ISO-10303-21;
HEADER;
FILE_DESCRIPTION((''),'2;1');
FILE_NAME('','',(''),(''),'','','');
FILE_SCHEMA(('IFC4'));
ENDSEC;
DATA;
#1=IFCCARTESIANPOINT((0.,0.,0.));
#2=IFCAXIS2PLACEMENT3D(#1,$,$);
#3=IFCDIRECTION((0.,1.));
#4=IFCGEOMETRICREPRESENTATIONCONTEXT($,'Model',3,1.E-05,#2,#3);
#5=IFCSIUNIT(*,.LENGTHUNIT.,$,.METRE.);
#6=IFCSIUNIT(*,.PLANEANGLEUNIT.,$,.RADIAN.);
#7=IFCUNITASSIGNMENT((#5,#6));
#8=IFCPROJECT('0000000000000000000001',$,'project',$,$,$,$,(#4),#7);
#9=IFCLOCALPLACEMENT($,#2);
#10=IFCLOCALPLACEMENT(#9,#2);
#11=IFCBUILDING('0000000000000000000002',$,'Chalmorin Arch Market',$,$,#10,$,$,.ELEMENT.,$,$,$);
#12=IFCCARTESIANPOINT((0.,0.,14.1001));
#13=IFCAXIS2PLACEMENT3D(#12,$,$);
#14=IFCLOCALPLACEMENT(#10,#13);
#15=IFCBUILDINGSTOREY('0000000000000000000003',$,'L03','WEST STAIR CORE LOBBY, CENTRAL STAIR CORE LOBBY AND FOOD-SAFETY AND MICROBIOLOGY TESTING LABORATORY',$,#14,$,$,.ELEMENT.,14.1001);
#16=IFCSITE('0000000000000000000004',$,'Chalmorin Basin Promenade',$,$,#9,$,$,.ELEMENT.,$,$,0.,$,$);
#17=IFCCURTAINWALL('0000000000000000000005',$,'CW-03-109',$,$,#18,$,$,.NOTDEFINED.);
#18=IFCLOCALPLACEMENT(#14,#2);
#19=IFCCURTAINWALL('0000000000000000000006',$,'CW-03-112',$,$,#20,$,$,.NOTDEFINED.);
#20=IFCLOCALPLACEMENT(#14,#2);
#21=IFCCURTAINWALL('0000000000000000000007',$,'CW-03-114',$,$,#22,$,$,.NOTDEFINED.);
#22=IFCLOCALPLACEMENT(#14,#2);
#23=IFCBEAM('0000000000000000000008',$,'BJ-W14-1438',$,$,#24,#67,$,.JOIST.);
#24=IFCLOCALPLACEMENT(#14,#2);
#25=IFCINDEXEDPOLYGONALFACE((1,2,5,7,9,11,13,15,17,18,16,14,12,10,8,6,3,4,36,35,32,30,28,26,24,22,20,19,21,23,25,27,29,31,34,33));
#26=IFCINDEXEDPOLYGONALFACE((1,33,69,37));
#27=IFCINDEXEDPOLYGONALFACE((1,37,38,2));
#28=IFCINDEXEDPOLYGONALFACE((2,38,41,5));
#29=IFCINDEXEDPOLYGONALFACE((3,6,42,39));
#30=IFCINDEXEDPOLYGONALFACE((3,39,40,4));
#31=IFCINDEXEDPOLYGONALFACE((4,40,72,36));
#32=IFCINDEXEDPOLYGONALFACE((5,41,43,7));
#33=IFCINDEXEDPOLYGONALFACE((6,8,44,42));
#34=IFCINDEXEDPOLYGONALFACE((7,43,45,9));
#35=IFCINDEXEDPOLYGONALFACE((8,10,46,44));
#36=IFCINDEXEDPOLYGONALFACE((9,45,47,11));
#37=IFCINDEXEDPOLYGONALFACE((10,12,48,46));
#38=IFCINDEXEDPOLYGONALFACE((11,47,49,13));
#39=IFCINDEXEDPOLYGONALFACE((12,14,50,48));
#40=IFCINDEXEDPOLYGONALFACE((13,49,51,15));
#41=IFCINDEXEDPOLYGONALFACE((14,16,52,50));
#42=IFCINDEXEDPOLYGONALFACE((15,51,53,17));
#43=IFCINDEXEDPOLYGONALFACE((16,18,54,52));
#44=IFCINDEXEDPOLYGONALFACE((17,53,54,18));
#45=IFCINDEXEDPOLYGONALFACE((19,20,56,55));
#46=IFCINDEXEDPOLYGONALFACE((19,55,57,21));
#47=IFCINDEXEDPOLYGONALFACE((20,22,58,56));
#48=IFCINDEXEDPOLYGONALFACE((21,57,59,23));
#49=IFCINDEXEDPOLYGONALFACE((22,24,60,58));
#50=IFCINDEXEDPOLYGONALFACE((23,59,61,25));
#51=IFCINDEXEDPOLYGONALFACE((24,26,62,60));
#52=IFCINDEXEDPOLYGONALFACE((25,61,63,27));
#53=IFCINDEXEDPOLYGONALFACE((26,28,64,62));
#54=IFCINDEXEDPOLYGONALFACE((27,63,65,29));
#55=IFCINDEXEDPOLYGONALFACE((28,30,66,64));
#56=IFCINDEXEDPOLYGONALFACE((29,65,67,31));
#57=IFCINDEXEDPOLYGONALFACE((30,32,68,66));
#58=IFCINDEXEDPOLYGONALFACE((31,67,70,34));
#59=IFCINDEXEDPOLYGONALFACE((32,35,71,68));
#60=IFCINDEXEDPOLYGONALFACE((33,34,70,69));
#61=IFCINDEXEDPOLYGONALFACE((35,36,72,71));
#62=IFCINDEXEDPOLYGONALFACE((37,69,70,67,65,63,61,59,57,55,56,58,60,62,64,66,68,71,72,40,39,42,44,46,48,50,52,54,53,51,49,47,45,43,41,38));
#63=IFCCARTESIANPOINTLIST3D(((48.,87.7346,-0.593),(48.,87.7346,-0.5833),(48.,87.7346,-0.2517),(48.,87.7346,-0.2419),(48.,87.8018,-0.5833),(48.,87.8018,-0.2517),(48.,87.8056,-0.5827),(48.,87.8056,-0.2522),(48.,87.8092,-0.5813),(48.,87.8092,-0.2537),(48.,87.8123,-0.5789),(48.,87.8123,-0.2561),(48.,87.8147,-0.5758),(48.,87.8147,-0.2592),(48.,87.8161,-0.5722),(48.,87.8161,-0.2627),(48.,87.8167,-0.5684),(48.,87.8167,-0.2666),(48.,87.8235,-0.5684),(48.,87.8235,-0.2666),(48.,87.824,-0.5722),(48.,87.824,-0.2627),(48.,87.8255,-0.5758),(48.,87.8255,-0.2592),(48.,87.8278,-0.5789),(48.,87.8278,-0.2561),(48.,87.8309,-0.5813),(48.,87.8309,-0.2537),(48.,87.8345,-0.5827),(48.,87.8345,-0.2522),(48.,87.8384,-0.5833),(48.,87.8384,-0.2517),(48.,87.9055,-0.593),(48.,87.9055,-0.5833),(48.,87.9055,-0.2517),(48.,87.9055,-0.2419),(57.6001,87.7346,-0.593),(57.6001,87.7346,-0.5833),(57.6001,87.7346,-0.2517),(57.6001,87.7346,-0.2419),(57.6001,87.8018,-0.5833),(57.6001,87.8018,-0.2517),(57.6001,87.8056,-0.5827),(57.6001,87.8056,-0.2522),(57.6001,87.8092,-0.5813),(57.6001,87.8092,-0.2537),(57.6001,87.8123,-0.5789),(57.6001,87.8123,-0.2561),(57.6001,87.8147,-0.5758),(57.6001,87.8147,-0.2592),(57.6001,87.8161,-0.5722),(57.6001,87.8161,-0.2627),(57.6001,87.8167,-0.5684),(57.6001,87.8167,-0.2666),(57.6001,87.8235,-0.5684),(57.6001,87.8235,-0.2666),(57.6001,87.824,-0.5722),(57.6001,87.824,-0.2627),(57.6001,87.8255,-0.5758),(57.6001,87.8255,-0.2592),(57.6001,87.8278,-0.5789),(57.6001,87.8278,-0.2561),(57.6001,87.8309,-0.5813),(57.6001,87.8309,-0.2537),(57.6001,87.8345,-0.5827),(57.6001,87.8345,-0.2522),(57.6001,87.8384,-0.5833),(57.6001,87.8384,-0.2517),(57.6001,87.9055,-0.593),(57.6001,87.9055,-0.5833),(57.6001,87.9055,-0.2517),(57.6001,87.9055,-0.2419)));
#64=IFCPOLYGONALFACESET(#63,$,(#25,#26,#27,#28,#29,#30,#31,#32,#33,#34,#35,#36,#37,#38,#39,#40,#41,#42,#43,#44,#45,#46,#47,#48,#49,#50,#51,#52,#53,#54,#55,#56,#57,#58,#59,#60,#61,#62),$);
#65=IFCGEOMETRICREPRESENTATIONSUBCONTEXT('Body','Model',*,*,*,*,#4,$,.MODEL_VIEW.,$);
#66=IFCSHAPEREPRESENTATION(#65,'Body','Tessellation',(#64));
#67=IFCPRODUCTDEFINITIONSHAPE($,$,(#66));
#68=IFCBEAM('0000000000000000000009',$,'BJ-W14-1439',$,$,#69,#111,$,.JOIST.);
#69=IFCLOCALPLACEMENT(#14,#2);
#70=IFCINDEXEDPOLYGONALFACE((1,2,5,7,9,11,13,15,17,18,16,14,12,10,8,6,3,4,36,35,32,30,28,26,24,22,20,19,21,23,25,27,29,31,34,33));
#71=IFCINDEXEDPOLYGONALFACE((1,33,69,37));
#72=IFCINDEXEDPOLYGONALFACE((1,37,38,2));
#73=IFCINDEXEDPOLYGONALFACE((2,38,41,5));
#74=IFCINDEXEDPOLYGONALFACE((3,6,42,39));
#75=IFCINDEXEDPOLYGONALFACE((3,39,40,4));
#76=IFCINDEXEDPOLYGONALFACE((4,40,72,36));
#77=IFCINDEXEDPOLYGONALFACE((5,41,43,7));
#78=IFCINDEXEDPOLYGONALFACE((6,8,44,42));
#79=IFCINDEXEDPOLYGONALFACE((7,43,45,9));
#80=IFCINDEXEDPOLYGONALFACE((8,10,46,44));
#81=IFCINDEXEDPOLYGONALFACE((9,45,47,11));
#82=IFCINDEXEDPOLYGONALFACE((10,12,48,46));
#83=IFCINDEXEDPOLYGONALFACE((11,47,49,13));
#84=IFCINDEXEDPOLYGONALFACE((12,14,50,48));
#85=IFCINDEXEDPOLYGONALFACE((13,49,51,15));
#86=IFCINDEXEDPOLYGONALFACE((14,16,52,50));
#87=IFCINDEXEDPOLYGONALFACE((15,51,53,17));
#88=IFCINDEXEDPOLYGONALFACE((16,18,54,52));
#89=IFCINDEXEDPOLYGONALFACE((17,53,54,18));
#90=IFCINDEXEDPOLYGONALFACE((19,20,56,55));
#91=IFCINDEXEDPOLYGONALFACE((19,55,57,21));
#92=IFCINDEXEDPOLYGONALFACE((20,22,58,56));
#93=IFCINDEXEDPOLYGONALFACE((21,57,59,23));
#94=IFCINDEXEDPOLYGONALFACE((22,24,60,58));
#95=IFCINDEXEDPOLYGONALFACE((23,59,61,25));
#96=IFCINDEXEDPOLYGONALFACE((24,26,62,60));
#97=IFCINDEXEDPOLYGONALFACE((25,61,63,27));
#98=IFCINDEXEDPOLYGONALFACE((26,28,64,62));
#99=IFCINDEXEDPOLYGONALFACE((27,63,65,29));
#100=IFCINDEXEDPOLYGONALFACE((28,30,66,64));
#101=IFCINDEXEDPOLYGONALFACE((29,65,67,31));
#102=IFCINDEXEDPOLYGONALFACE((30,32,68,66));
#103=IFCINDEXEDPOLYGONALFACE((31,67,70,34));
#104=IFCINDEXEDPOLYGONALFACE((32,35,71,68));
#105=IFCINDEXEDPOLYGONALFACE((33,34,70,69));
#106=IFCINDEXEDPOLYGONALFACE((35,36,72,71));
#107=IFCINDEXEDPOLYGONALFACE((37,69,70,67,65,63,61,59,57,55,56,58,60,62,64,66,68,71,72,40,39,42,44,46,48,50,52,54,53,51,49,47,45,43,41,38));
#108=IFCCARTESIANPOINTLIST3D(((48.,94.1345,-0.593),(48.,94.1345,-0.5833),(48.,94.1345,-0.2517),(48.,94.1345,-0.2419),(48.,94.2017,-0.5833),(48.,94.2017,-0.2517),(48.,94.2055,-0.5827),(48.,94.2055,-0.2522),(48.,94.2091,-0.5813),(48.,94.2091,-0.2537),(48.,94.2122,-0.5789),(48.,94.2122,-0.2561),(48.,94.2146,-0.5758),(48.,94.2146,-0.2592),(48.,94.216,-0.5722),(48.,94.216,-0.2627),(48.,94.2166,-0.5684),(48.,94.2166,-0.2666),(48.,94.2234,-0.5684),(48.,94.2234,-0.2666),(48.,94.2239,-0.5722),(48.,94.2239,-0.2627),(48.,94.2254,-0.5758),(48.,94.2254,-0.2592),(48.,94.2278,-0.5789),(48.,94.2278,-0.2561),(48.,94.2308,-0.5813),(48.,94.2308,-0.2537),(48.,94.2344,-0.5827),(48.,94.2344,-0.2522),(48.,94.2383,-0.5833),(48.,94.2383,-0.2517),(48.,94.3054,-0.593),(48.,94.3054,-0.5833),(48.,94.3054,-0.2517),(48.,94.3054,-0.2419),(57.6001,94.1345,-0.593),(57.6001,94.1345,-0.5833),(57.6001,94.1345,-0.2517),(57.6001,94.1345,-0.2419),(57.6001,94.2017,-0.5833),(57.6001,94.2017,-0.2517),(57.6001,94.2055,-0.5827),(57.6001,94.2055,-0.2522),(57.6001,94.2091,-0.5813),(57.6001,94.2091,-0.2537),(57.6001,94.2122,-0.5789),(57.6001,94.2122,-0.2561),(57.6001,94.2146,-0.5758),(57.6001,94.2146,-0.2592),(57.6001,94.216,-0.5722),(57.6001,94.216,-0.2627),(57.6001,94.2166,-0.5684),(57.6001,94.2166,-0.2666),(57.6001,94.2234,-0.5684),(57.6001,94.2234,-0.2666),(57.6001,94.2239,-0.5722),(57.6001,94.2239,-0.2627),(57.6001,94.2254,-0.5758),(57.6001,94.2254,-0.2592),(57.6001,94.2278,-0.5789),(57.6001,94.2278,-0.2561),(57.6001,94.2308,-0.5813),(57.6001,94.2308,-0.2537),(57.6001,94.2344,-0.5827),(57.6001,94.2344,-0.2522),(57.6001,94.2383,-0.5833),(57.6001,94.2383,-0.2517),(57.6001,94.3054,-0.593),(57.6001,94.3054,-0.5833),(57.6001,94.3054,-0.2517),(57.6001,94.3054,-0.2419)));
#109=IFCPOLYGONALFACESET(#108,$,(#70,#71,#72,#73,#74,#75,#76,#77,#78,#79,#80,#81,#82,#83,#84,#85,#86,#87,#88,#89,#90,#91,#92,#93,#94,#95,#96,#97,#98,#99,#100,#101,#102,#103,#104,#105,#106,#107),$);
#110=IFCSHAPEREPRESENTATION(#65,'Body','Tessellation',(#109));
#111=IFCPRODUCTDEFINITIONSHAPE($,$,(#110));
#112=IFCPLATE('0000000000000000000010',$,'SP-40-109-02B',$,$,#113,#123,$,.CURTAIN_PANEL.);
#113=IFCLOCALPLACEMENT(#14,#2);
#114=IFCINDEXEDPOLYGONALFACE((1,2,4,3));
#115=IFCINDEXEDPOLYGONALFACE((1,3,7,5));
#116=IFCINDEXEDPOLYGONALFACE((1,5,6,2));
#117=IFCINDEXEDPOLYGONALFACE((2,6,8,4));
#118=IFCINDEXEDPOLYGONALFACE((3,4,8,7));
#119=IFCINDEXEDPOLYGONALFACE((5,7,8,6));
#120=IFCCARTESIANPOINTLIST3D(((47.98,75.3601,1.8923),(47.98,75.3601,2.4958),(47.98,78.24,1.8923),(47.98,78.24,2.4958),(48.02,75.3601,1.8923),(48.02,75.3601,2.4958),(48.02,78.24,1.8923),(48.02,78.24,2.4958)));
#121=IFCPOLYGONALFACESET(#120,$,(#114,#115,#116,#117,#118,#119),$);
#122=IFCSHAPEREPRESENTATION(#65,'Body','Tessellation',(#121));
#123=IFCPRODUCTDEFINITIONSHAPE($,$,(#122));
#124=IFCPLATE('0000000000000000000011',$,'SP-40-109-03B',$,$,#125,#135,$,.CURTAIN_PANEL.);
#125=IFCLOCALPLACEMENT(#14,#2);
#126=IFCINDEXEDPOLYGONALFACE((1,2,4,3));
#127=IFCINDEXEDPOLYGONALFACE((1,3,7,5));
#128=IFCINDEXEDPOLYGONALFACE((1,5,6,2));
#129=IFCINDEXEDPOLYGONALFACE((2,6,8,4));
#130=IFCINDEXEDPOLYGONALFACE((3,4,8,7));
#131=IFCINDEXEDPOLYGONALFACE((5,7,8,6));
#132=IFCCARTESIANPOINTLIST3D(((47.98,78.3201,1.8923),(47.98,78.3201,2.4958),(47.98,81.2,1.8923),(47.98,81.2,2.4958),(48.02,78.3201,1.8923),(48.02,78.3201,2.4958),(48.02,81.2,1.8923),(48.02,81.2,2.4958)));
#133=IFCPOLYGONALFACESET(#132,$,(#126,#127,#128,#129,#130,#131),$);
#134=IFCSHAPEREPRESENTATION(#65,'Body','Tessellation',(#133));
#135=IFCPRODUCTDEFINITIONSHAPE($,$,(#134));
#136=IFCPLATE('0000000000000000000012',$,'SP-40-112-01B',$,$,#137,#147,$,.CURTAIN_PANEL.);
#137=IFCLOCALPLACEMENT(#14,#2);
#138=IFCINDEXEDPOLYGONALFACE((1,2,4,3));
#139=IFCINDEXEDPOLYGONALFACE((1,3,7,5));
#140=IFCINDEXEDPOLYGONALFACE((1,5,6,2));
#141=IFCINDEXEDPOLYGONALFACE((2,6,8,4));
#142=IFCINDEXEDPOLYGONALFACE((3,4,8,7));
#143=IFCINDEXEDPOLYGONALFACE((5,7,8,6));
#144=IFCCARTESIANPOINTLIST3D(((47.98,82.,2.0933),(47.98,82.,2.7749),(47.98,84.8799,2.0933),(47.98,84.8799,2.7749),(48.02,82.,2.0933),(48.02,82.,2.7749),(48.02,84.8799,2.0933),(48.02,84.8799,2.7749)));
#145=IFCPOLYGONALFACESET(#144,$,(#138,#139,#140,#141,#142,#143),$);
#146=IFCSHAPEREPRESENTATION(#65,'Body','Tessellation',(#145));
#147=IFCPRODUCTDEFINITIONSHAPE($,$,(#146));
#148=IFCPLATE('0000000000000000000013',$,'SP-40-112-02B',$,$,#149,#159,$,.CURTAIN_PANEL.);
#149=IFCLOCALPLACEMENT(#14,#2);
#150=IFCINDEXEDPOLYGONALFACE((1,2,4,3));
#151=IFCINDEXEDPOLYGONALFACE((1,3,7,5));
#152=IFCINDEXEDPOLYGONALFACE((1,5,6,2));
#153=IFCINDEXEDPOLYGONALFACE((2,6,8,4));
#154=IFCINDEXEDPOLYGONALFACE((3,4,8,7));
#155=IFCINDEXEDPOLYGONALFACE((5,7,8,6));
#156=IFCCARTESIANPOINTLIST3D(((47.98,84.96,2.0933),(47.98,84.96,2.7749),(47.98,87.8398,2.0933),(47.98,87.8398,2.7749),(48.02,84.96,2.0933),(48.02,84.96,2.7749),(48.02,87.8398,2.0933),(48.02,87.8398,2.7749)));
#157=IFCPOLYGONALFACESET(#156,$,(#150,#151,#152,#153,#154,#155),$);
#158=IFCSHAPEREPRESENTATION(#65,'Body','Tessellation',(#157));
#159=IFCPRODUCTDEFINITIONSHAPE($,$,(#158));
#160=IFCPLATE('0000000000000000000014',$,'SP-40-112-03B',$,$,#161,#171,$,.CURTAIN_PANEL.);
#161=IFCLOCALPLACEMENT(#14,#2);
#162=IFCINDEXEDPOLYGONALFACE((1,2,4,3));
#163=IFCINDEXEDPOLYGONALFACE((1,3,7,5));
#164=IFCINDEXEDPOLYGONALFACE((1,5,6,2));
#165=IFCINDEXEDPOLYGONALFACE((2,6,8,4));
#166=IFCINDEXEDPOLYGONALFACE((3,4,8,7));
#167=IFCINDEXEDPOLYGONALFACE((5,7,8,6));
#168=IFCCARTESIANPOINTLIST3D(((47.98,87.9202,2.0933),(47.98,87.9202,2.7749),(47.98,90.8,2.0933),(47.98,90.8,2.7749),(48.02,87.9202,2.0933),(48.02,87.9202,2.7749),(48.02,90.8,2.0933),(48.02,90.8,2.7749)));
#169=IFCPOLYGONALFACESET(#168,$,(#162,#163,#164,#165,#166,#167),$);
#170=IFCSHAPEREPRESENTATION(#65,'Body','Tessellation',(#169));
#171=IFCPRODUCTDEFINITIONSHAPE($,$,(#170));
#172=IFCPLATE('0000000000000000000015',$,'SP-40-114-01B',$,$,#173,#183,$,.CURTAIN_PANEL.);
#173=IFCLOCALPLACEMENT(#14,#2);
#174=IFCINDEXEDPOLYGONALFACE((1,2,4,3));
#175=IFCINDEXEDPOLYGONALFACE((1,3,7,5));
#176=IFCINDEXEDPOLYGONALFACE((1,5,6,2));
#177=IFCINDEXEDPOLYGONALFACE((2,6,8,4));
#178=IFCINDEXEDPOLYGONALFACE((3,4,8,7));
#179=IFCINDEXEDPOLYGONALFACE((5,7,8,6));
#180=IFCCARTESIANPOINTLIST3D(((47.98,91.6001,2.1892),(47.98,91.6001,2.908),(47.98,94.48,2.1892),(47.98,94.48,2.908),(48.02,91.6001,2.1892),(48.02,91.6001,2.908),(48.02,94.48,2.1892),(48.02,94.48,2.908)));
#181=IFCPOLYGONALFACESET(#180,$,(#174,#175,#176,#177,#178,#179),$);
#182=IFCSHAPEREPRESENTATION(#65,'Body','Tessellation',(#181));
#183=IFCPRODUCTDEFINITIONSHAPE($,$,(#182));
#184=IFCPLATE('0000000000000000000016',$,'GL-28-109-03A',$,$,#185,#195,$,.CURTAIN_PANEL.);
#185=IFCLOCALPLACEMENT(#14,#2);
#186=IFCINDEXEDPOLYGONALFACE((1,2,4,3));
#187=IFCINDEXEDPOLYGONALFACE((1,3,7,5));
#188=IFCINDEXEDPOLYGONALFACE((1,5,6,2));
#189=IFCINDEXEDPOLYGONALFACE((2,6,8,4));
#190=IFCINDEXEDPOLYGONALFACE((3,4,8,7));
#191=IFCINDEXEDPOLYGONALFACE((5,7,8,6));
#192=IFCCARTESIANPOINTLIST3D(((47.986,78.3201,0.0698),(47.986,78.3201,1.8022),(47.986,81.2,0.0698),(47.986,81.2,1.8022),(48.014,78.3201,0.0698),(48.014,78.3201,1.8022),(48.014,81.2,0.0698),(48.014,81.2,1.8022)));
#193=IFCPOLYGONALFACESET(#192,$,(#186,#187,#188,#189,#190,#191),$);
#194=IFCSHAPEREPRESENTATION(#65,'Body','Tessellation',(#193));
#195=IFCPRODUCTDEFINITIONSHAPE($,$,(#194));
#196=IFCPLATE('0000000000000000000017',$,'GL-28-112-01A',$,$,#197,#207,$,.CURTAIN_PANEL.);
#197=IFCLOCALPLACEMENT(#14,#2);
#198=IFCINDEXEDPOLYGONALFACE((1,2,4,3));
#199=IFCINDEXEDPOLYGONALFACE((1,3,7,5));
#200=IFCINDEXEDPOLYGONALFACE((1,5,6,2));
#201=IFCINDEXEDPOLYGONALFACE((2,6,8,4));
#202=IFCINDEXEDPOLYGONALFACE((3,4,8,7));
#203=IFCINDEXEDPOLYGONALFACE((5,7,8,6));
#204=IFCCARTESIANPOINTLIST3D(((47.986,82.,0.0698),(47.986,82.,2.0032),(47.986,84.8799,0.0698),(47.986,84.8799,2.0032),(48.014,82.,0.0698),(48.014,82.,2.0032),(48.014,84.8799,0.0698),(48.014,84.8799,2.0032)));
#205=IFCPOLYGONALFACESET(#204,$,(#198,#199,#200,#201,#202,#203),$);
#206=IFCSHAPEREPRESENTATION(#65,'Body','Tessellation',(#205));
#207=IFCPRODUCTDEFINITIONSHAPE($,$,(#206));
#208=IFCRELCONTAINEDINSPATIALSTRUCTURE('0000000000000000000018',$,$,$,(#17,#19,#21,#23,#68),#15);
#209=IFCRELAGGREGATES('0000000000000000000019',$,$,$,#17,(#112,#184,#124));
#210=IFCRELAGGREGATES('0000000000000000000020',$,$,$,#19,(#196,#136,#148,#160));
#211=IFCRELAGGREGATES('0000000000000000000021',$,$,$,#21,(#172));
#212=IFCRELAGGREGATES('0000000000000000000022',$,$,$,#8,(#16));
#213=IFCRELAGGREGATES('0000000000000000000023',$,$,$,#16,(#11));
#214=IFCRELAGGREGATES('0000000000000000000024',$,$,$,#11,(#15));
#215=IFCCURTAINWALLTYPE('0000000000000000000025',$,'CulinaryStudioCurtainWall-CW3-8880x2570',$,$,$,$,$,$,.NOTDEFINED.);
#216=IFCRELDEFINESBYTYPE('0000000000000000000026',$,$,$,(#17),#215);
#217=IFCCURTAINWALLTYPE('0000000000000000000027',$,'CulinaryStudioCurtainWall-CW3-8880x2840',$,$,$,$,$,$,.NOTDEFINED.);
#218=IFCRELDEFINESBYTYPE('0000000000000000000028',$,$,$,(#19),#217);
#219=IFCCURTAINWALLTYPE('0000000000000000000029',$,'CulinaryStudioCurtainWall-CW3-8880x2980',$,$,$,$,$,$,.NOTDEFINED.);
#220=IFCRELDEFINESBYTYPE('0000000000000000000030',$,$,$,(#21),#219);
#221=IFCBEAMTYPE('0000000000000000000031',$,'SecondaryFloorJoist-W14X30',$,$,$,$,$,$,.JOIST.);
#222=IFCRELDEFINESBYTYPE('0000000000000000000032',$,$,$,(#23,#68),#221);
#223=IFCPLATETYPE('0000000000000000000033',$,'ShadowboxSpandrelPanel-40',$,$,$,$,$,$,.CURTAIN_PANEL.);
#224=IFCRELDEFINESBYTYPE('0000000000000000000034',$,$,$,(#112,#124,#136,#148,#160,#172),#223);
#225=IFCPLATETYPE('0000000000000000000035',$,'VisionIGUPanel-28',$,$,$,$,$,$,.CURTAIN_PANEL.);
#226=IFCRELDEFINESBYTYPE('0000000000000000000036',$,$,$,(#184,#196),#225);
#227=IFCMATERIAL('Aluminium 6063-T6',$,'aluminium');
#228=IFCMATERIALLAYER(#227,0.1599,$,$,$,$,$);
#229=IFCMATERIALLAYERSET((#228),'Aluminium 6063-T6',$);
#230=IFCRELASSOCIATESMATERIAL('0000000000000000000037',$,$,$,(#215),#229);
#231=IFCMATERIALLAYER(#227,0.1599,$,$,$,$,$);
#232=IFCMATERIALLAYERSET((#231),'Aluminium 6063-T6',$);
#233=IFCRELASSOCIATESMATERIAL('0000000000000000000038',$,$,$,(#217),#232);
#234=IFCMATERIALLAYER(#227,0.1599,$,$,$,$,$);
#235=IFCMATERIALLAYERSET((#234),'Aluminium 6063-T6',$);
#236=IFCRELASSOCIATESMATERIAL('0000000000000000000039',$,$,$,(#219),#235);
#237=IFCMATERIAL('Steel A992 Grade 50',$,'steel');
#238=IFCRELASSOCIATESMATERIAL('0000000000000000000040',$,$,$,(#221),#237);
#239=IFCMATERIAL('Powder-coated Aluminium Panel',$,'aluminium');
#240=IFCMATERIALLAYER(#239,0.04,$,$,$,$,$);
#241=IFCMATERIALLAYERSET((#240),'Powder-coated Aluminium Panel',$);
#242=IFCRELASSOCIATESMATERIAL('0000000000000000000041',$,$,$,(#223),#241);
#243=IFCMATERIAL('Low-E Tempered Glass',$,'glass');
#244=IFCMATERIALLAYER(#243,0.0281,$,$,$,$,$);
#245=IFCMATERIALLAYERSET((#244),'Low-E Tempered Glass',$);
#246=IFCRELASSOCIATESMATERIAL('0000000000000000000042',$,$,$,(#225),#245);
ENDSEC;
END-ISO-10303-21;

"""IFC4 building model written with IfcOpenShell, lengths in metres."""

from ifc_helpers import new_model, si_unit, direction, frame, origin, origin_2d, place, context, subcontext, project, spatial, rectangle, i_section, extrude, material, layer, layer_set, material_profile, profile_set, type_object, element, aggregate, save


model = new_model("IFC4")

# Units and contexts
model_context = context("Model", 3, precision=1e-05, world=origin(), true_north=direction((0.0, 1.0)))
body_context = subcontext(model_context, "Body", "Model", "MODEL_VIEW")
ifc_project = project(units=[si_unit("LENGTHUNIT", "METRE"), si_unit("PLANEANGLEUNIT", "RADIAN")], contexts=[model_context])

# Site, building, storey
site_placement = place(None, origin())
site = spatial("IfcSite", under=ifc_project, at=site_placement, Name="Chalmorin Basin Promenade", CompositionType="ELEMENT", RefElevation=0.0)
building_placement = place(site_placement, origin())
building = spatial("IfcBuilding", under=site, at=building_placement, Name="Chalmorin Arch Market", CompositionType="ELEMENT")
storey_placement = place(building_placement, frame((0.0, 0.0, 14.1001)))
storey = spatial("IfcBuildingStorey", under=building, at=storey_placement, Name="L03", Description="WEST STAIR CORE LOBBY, CENTRAL STAIR CORE LOBBY AND FOOD-SAFETY AND MICROBIOLOGY TESTING LABORATORY", CompositionType="ELEMENT", Elevation=14.1001)

# Curtain walls
ifc_material_1 = material(Name="Aluminium 6063-T6", Category="aluminium")
ifc_layer_1 = layer(ifc_material_1, 0.1599)
ifc_layer_set_1 = layer_set([ifc_layer_1], Name="Aluminium 6063-T6")
curtain_wall_type_1 = type_object("IfcCurtainWallType", Name="CulinaryStudioCurtainWall-CW3-8880x2570", PredefinedType="NOTDEFINED", material=ifc_layer_set_1)
curtain_wall_1_placement = place(storey_placement, origin())
curtain_wall_1 = element("IfcCurtainWall", 1, at=curtain_wall_1_placement, inside=storey, type_object=curtain_wall_type_1, Name="CW-03-109", PredefinedType="NOTDEFINED")
ifc_layer_2 = layer(ifc_material_1, 0.1599)
ifc_layer_set_2 = layer_set([ifc_layer_2], Name="Aluminium 6063-T6")
curtain_wall_type_2 = type_object("IfcCurtainWallType", Name="CulinaryStudioCurtainWall-CW3-8880x2840", PredefinedType="NOTDEFINED", material=ifc_layer_set_2)
curtain_wall_2_placement = place(storey_placement, origin())
curtain_wall_2 = element("IfcCurtainWall", 2, at=curtain_wall_2_placement, inside=storey, type_object=curtain_wall_type_2, Name="CW-03-112", PredefinedType="NOTDEFINED")

# Curtain wall
ifc_layer_3 = layer(ifc_material_1, 0.1599)
ifc_layer_set_3 = layer_set([ifc_layer_3], Name="Aluminium 6063-T6")
curtain_wall_type_3 = type_object("IfcCurtainWallType", Name="CulinaryStudioCurtainWall-CW3-8880x2980", PredefinedType="NOTDEFINED", material=ifc_layer_set_3)
curtain_wall_3_placement = place(storey_placement, origin())
curtain_wall_3 = element("IfcCurtainWall", 3, at=curtain_wall_3_placement, inside=storey, type_object=curtain_wall_type_3, Name="CW-03-114", PredefinedType="NOTDEFINED")

# Shared definitions
ifc_material_2 = material(Name="Steel A992 Grade 50", Category="steel")

# Beams
ifc_material_profile_1 = material_profile(ifc_material_2, i_section(OverallWidth=0.1709, OverallDepth=0.3511, WebThickness=0.0068, FlangeThickness=0.0098, FilletRadius=0.0149, at=origin_2d()), Name="W14X30")
ifc_profile_set_1 = profile_set([ifc_material_profile_1], Name="Steel A992 Grade 50")
beam_type_1 = type_object("IfcBeamType", Name="SecondaryFloorJoist-W14X30", PredefinedType="JOIST", material=ifc_profile_set_1)
for number, where, z_axis, x_axis, name in (
    (4, (48.0, 87.8201, -0.4175), (1.0, 0.0, 0.0), (0.0, 1.0, 0.0), "BJ-W14-1438"),
    (5, (48.0, 94.22, -0.4175), (1.0, 0.0, 0.0), (0.0, 1.0, 0.0), "BJ-W14-1439"),
):
    element("IfcBeam", number, at=place(storey_placement, frame(where, z_axis=z_axis, x_axis=x_axis)), inside=storey, type_object=beam_type_1, Name=name, PredefinedType="JOIST", context=body_context, shape_type="SweptSolid", body=[
        extrude(i_section(OverallWidth=0.1709, OverallDepth=0.3511, WebThickness=0.0068, FlangeThickness=0.0098, FilletRadius=0.0149, at=origin_2d()), origin(), (0.0, 0.0, 1.0), 9.6001),
    ])

# Plates
ifc_material_3 = material(Name="Powder-coated Aluminium Panel", Category="aluminium")
ifc_layer_4 = layer(ifc_material_3, 0.04)
ifc_layer_set_4 = layer_set([ifc_layer_4], Name="Powder-coated Aluminium Panel")
plate_type_1 = type_object("IfcPlateType", Name="ShadowboxSpandrelPanel-40", PredefinedType="CURTAIN_PANEL", material=ifc_layer_set_4)
plate_1_placement = place(storey_placement, frame((48.0, 76.8, 1.8923), z_axis=(0.0, 0.0, 1.0), x_axis=(0.0, 1.0, 0.0)))
plate_1 = element("IfcPlate", 6, at=plate_1_placement, type_object=plate_type_1, Name="SP-40-109-02B", PredefinedType="CURTAIN_PANEL", context=body_context, shape_type="SweptSolid", body=[
    extrude(rectangle(XDim=2.8799, YDim=0.04, at=origin_2d()), origin(), (0.0, 0.0, 1.0), 0.6035),
])
plate_2_placement = place(storey_placement, frame((48.0, 79.76, 1.8923), z_axis=(0.0, 0.0, 1.0), x_axis=(0.0, 1.0, 0.0)))
plate_2 = element("IfcPlate", 7, at=plate_2_placement, type_object=plate_type_1, Name="SP-40-109-03B", PredefinedType="CURTAIN_PANEL", context=body_context, shape_type="SweptSolid", body=[
    extrude(rectangle(XDim=2.8799, YDim=0.04, at=origin_2d()), origin(), (0.0, 0.0, 1.0), 0.6035),
])
plate_3_placement = place(storey_placement, frame((48.0, 83.4399, 2.0933), z_axis=(0.0, 0.0, 1.0), x_axis=(0.0, 1.0, 0.0)))
plate_3 = element("IfcPlate", 8, at=plate_3_placement, type_object=plate_type_1, Name="SP-40-112-01B", PredefinedType="CURTAIN_PANEL", context=body_context, shape_type="SweptSolid", body=[
    extrude(rectangle(XDim=2.8799, YDim=0.04, at=origin_2d()), origin(), (0.0, 0.0, 1.0), 0.6816),
])
plate_4_placement = place(storey_placement, frame((48.0, 86.3999, 2.0933), z_axis=(0.0, 0.0, 1.0), x_axis=(0.0, 1.0, 0.0)))
plate_4 = element("IfcPlate", 9, at=plate_4_placement, type_object=plate_type_1, Name="SP-40-112-02B", PredefinedType="CURTAIN_PANEL", context=body_context, shape_type="SweptSolid", body=[
    extrude(rectangle(XDim=2.8799, YDim=0.04, at=origin_2d()), origin(), (0.0, 0.0, 1.0), 0.6816),
])
plate_5_placement = place(storey_placement, frame((48.0, 89.3601, 2.0933), z_axis=(0.0, 0.0, 1.0), x_axis=(0.0, 1.0, 0.0)))
plate_5 = element("IfcPlate", 10, at=plate_5_placement, type_object=plate_type_1, Name="SP-40-112-03B", PredefinedType="CURTAIN_PANEL", context=body_context, shape_type="SweptSolid", body=[
    extrude(rectangle(XDim=2.8799, YDim=0.04, at=origin_2d()), origin(), (0.0, 0.0, 1.0), 0.6816),
])
plate_6_placement = place(storey_placement, frame((48.0, 93.04, 2.1892), z_axis=(0.0, 0.0, 1.0), x_axis=(0.0, 1.0, 0.0)))
plate_6 = element("IfcPlate", 11, at=plate_6_placement, type_object=plate_type_1, Name="SP-40-114-01B", PredefinedType="CURTAIN_PANEL", context=body_context, shape_type="SweptSolid", body=[
    extrude(rectangle(XDim=2.8799, YDim=0.04, at=origin_2d()), origin(), (0.0, 0.0, 1.0), 0.7188),
])
ifc_material_4 = material(Name="Low-E Tempered Glass", Category="glass")
ifc_layer_5 = layer(ifc_material_4, 0.0281)
ifc_layer_set_5 = layer_set([ifc_layer_5], Name="Low-E Tempered Glass")
plate_type_2 = type_object("IfcPlateType", Name="VisionIGUPanel-28", PredefinedType="CURTAIN_PANEL", material=ifc_layer_set_5)
plate_7_placement = place(storey_placement, frame((48.0, 79.76, 0.0698), z_axis=(0.0, 0.0, 1.0), x_axis=(0.0, 1.0, 0.0)))
plate_7 = element("IfcPlate", 12, at=plate_7_placement, type_object=plate_type_2, Name="GL-28-109-03A", PredefinedType="CURTAIN_PANEL", context=body_context, shape_type="SweptSolid", body=[
    extrude(rectangle(XDim=2.8799, YDim=0.0281, at=origin_2d()), origin(), (0.0, 0.0, 1.0), 1.7324),
])
aggregate(curtain_wall_1, [plate_1, plate_7, plate_2])
plate_8_placement = place(storey_placement, frame((48.0, 83.4399, 0.0698), z_axis=(0.0, 0.0, 1.0), x_axis=(0.0, 1.0, 0.0)))
plate_8 = element("IfcPlate", 13, at=plate_8_placement, type_object=plate_type_2, Name="GL-28-112-01A", PredefinedType="CURTAIN_PANEL", context=body_context, shape_type="SweptSolid", body=[
    extrude(rectangle(XDim=2.8799, YDim=0.0281, at=origin_2d()), origin(), (0.0, 0.0, 1.0), 1.9333),
])
aggregate(curtain_wall_2, [plate_8, plate_3, plate_4, plate_5])
aggregate(curtain_wall_3, [plate_6])

save(model, "model.ifc")
